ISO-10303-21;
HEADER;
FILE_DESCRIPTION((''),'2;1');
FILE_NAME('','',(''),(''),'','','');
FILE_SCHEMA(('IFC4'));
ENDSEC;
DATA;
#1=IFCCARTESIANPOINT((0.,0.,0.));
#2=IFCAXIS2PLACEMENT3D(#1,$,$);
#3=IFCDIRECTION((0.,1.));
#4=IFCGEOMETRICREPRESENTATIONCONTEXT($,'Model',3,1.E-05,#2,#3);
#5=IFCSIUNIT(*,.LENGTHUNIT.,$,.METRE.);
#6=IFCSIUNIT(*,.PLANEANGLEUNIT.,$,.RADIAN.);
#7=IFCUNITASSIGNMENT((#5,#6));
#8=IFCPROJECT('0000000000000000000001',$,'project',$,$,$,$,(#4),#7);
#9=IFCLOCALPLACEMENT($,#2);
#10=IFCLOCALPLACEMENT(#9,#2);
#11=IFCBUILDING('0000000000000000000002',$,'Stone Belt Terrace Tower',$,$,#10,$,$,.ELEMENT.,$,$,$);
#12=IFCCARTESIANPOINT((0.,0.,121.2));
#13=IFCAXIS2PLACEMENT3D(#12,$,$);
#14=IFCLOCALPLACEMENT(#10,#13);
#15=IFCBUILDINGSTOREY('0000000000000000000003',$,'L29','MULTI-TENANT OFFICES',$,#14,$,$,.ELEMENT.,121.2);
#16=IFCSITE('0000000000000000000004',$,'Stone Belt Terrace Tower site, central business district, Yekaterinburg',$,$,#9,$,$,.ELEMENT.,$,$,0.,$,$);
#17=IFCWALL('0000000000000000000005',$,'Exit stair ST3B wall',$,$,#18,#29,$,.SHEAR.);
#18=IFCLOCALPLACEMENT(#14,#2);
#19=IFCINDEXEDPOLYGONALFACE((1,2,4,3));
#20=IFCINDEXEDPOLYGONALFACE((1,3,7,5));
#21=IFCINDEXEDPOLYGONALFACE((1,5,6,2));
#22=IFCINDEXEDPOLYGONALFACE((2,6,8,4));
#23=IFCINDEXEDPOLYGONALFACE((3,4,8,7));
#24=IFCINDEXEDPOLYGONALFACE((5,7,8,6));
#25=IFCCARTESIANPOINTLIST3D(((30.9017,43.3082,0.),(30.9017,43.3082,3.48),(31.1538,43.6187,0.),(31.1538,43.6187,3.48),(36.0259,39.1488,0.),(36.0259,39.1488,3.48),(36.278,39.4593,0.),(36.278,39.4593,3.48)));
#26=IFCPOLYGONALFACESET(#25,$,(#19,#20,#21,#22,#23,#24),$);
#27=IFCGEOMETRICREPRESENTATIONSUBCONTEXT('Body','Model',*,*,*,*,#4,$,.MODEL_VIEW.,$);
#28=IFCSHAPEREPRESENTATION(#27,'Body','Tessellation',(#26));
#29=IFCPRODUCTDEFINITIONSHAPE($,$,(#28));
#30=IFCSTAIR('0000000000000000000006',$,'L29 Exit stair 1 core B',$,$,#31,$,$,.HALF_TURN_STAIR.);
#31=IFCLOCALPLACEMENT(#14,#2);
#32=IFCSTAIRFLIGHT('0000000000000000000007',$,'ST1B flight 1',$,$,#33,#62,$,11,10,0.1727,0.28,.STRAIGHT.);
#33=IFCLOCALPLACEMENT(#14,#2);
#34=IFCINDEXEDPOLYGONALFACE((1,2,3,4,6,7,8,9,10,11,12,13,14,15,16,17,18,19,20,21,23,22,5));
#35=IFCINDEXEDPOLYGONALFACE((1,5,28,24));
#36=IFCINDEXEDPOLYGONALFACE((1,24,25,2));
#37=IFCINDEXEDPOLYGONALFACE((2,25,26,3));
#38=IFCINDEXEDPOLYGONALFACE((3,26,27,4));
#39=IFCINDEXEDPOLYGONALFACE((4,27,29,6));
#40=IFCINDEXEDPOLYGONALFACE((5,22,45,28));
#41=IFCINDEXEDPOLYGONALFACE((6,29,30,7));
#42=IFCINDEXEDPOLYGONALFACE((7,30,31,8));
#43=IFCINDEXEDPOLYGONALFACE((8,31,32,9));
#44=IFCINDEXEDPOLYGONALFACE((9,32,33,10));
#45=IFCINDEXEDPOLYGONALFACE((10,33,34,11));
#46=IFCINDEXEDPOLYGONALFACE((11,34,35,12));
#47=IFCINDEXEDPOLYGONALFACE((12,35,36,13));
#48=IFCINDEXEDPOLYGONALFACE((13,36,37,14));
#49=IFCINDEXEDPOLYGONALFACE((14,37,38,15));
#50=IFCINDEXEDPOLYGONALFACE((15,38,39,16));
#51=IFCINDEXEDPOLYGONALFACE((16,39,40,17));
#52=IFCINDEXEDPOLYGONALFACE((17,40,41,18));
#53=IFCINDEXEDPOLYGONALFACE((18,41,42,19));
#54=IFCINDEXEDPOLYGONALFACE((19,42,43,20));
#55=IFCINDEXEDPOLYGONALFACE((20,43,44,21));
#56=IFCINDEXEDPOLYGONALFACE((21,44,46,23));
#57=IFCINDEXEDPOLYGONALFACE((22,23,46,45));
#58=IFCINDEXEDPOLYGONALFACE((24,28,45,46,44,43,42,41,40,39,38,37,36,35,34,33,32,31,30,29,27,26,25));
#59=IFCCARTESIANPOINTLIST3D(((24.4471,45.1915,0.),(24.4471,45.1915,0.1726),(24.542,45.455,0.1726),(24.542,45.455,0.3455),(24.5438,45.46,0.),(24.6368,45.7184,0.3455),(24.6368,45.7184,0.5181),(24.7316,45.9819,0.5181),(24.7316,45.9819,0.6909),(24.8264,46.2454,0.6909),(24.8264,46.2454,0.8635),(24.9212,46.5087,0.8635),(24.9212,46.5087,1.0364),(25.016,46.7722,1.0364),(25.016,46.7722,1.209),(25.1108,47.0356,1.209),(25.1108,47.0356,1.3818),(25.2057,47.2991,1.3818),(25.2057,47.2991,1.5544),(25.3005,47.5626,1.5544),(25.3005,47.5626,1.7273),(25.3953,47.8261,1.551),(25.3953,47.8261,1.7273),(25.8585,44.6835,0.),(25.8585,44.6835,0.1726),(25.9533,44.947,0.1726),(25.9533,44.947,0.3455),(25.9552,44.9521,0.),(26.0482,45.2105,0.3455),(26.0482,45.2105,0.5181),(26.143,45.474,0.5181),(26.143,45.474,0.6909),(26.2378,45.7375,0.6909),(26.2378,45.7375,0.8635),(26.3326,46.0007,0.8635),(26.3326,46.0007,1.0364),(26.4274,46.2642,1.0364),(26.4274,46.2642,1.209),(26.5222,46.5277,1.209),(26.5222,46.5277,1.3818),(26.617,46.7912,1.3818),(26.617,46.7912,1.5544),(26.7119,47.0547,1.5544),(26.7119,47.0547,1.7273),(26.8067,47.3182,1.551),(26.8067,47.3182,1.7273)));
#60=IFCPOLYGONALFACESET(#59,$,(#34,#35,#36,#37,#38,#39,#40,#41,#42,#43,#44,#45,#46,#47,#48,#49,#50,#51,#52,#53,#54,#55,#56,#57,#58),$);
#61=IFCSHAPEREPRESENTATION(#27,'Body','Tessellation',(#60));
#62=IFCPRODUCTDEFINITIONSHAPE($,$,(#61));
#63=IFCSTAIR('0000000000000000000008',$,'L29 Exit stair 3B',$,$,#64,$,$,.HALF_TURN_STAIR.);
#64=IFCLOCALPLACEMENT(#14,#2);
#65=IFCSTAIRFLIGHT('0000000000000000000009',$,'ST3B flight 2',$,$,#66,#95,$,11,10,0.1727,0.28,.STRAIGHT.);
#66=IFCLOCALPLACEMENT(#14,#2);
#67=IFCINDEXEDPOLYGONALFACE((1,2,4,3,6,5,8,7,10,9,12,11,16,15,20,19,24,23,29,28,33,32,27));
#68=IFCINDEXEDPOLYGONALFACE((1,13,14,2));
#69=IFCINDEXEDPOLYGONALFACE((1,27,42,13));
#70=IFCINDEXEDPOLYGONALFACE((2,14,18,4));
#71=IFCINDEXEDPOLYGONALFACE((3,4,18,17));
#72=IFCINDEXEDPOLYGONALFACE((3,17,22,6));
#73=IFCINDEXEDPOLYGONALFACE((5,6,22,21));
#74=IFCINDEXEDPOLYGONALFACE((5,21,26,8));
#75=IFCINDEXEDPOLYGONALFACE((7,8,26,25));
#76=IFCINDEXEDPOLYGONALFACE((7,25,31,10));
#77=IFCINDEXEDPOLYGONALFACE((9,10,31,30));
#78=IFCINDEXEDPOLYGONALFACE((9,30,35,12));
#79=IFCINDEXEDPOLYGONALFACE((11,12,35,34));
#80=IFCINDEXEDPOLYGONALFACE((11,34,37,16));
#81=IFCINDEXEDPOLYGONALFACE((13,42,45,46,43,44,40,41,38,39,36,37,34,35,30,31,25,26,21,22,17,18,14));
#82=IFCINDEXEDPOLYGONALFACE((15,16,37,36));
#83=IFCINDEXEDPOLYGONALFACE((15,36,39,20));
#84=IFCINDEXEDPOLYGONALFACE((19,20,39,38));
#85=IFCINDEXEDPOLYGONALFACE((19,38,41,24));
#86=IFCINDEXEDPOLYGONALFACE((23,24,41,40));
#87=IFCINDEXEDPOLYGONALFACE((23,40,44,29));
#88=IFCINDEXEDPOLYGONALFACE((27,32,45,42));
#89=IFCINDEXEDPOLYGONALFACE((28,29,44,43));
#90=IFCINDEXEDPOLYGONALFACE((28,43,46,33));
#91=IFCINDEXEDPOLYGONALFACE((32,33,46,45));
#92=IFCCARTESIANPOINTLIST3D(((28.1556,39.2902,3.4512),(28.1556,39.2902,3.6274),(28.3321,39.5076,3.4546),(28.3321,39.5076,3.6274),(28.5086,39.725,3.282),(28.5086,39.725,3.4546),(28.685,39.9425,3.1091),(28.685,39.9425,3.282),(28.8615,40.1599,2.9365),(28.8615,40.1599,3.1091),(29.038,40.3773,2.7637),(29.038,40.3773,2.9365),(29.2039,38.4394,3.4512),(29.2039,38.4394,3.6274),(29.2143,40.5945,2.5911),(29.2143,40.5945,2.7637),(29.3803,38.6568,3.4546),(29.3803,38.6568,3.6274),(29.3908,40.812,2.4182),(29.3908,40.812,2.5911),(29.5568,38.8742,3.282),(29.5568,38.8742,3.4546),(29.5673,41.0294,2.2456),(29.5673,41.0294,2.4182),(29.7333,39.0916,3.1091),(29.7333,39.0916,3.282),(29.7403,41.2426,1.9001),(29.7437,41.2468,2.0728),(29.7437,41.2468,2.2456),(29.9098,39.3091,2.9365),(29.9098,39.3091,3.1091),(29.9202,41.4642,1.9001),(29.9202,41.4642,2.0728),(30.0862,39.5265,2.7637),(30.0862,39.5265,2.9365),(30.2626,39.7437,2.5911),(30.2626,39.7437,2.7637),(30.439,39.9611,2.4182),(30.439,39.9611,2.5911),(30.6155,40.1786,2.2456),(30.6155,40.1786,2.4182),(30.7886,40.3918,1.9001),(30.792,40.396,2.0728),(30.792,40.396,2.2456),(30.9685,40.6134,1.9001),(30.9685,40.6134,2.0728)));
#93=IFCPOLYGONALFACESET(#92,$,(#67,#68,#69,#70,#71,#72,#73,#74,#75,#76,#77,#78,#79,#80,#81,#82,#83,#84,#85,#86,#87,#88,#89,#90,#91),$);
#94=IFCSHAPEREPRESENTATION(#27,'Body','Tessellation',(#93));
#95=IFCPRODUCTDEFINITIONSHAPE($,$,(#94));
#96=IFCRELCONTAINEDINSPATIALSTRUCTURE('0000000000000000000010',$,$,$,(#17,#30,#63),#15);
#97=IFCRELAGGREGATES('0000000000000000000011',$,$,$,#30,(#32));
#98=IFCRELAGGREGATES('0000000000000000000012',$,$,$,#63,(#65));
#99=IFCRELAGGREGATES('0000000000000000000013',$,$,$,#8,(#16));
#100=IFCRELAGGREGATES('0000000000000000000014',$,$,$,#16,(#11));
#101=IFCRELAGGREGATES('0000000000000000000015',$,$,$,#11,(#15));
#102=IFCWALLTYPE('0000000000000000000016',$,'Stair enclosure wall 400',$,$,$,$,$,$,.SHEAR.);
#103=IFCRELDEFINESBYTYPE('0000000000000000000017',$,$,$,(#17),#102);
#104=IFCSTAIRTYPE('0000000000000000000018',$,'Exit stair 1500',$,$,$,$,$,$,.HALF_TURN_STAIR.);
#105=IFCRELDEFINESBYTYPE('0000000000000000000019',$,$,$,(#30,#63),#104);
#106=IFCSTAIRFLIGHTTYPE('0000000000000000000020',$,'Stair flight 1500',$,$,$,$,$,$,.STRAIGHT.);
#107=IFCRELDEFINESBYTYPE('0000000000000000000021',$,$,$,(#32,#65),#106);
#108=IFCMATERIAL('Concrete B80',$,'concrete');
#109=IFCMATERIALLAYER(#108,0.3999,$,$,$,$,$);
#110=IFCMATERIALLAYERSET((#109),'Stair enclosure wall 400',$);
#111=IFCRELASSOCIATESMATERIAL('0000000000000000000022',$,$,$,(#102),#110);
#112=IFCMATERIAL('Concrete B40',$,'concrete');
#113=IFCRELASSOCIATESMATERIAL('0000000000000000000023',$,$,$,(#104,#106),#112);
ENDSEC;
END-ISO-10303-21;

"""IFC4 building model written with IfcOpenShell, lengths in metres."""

from ifc_helpers import new_model, si_unit, direction, frame, frame_2d, origin, place, context, subcontext, project, spatial, polyline, rectangle, outline, extrude, material, layer, layer_set, type_object, element, aggregate, save


model = new_model("IFC4")

# Units and contexts
model_context = context("Model", 3, precision=1e-05, world=origin(), true_north=direction((0.0, 1.0)))
body_context = subcontext(model_context, "Body", "Model", "MODEL_VIEW")
ifc_project = project(units=[si_unit("LENGTHUNIT", "METRE"), si_unit("PLANEANGLEUNIT", "RADIAN")], contexts=[model_context])

# Site, building, storey
site_placement = place(None, origin())
site = spatial("IfcSite", under=ifc_project, at=site_placement, Name="Stone Belt Terrace Tower site, central business district, Yekaterinburg", CompositionType="ELEMENT", RefElevation=0.0)
building_placement = place(site_placement, origin())
building = spatial("IfcBuilding", under=site, at=building_placement, Name="Stone Belt Terrace Tower", CompositionType="ELEMENT")
storey_placement = place(building_placement, frame((0.0, 0.0, 121.2)))
storey = spatial("IfcBuildingStorey", under=building, at=storey_placement, Name="L29", Description="MULTI-TENANT OFFICES", CompositionType="ELEMENT", Elevation=121.2)

# Shared definitions
ifc_material_1 = material(Name="Concrete B80", Category="concrete")

# Shared definitions
ifc_layer_1 = layer(ifc_material_1, 0.3999)
ifc_layer_set_1 = layer_set([ifc_layer_1], Name="Stair enclosure wall 400")
wall_type_1 = type_object("IfcWallType", Name="Stair enclosure wall 400", PredefinedType="SHEAR", material=ifc_layer_set_1)

# Wall
wall_1_placement = place(storey_placement, frame((31.0278, 43.4634, 0.0), z_axis=(0.0, 0.0, 1.0), x_axis=(0.776414, -0.630224, 0.0)))
element("IfcWall", 1, at=wall_1_placement, inside=storey, type_object=wall_type_1, Name="Exit stair ST3B wall", PredefinedType="SHEAR", context=body_context, shape_type="SweptSolid", body=[
    extrude(rectangle(XDim=6.5999, YDim=0.3999, at=frame_2d((3.2998, 0.0))), origin(), (0.0, 0.0, 1.0), 3.48),
])

# Stairs, stair flights
ifc_material_2 = material(Name="Concrete B40", Category="concrete")
stair_type = type_object("IfcStairType", Name="Exit stair 1500", PredefinedType="HALF_TURN_STAIR", material=ifc_material_2)
stair_1_placement = place(storey_placement, origin())
stair_1 = element("IfcStair", 2, at=stair_1_placement, inside=storey, type_object=stair_type, Name="L29 Exit stair 1 core B", PredefinedType="HALF_TURN_STAIR")
stair_flight_type = type_object("IfcStairFlightType", Name="Stair flight 1500", PredefinedType="STRAIGHT", material=ifc_material_2)
stair_flight_1_placement = place(storey_placement, frame((25.1528, 44.9375, 0.0), z_axis=(0.0, 0.0, 1.0), x_axis=(0.338624, 0.940922, 0.0)))
stair_flight_1 = element("IfcStairFlight", 3, at=stair_flight_1_placement, type_object=stair_flight_type, Name="ST1B flight 1", NumberOfRisers=11, NumberOfTreads=10, PredefinedType="STRAIGHT", RiserHeight=0.1727, TreadLength=0.28, context=body_context, shape_type="SweptSolid", body=[
    extrude(outline(polyline([(0.0, 0.0), (0.0, 0.1726), (0.28, 0.1726), (0.28, 0.3455), (0.5601, 0.3455), (0.5601, 0.5181), (0.8401, 0.5181), (0.8401, 0.6909), (1.1201, 0.6909), (1.1201, 0.8635), (1.3999, 0.8635), (1.3999, 1.0364), (1.6799, 1.0364), (1.6799, 1.209), (1.96, 1.209), (1.96, 1.3818), (2.24, 1.3818), (2.24, 1.5544), (2.52, 1.5544), (2.52, 1.7273), (2.8, 1.7273), (2.8, 1.8999), (2.8, 1.551), (0.2854, 0.0), (0.0, 0.0)])), frame((0.0, 0.75, 0.0), z_axis=(0.0, -1.0, 0.0), x_axis=(1.0, 0.0, 0.0)), (0.0, 0.0, 1.0), 1.5),
])
aggregate(stair_1, [stair_flight_1])
stair_2_placement = place(storey_placement, origin())
stair_2 = element("IfcStair", 4, at=stair_2_placement, inside=storey, type_object=stair_type, Name="L29 Exit stair 3B", PredefinedType="HALF_TURN_STAIR")
stair_flight_2_placement = place(storey_placement, frame((30.4443, 41.0388, 1.9001), z_axis=(0.0, 0.0, 1.0), x_axis=(-0.630206, -0.776428, 0.0)))
stair_flight_2 = element("IfcStairFlight", 5, at=stair_flight_2_placement, type_object=stair_flight_type, Name="ST3B flight 2", NumberOfRisers=11, NumberOfTreads=10, PredefinedType="STRAIGHT", RiserHeight=0.1727, TreadLength=0.28, context=body_context, shape_type="SweptSolid", body=[
    extrude(outline(polyline([(0.0, 0.0), (0.0, 0.1726), (0.28, 0.1726), (0.28, 0.3455), (0.5601, 0.3455), (0.5601, 0.5181), (0.8401, 0.5181), (0.8401, 0.6909), (1.1201, 0.6909), (1.1201, 0.8635), (1.3999, 0.8635), (1.3999, 1.0364), (1.6799, 1.0364), (1.6799, 1.209), (1.96, 1.209), (1.96, 1.3818), (2.24, 1.3818), (2.24, 1.5544), (2.52, 1.5544), (2.52, 1.7273), (2.8, 1.7273), (2.8, 1.8999), (2.8, 1.551), (0.2854, 0.0), (0.0, 0.0)])), frame((0.0, 0.675, 0.0), z_axis=(0.0, -1.0, 0.0), x_axis=(1.0, 0.0, 0.0)), (0.0, 0.0, 1.0), 1.3501),
])
aggregate(stair_2, [stair_flight_2])

save(model, "model.ifc")
